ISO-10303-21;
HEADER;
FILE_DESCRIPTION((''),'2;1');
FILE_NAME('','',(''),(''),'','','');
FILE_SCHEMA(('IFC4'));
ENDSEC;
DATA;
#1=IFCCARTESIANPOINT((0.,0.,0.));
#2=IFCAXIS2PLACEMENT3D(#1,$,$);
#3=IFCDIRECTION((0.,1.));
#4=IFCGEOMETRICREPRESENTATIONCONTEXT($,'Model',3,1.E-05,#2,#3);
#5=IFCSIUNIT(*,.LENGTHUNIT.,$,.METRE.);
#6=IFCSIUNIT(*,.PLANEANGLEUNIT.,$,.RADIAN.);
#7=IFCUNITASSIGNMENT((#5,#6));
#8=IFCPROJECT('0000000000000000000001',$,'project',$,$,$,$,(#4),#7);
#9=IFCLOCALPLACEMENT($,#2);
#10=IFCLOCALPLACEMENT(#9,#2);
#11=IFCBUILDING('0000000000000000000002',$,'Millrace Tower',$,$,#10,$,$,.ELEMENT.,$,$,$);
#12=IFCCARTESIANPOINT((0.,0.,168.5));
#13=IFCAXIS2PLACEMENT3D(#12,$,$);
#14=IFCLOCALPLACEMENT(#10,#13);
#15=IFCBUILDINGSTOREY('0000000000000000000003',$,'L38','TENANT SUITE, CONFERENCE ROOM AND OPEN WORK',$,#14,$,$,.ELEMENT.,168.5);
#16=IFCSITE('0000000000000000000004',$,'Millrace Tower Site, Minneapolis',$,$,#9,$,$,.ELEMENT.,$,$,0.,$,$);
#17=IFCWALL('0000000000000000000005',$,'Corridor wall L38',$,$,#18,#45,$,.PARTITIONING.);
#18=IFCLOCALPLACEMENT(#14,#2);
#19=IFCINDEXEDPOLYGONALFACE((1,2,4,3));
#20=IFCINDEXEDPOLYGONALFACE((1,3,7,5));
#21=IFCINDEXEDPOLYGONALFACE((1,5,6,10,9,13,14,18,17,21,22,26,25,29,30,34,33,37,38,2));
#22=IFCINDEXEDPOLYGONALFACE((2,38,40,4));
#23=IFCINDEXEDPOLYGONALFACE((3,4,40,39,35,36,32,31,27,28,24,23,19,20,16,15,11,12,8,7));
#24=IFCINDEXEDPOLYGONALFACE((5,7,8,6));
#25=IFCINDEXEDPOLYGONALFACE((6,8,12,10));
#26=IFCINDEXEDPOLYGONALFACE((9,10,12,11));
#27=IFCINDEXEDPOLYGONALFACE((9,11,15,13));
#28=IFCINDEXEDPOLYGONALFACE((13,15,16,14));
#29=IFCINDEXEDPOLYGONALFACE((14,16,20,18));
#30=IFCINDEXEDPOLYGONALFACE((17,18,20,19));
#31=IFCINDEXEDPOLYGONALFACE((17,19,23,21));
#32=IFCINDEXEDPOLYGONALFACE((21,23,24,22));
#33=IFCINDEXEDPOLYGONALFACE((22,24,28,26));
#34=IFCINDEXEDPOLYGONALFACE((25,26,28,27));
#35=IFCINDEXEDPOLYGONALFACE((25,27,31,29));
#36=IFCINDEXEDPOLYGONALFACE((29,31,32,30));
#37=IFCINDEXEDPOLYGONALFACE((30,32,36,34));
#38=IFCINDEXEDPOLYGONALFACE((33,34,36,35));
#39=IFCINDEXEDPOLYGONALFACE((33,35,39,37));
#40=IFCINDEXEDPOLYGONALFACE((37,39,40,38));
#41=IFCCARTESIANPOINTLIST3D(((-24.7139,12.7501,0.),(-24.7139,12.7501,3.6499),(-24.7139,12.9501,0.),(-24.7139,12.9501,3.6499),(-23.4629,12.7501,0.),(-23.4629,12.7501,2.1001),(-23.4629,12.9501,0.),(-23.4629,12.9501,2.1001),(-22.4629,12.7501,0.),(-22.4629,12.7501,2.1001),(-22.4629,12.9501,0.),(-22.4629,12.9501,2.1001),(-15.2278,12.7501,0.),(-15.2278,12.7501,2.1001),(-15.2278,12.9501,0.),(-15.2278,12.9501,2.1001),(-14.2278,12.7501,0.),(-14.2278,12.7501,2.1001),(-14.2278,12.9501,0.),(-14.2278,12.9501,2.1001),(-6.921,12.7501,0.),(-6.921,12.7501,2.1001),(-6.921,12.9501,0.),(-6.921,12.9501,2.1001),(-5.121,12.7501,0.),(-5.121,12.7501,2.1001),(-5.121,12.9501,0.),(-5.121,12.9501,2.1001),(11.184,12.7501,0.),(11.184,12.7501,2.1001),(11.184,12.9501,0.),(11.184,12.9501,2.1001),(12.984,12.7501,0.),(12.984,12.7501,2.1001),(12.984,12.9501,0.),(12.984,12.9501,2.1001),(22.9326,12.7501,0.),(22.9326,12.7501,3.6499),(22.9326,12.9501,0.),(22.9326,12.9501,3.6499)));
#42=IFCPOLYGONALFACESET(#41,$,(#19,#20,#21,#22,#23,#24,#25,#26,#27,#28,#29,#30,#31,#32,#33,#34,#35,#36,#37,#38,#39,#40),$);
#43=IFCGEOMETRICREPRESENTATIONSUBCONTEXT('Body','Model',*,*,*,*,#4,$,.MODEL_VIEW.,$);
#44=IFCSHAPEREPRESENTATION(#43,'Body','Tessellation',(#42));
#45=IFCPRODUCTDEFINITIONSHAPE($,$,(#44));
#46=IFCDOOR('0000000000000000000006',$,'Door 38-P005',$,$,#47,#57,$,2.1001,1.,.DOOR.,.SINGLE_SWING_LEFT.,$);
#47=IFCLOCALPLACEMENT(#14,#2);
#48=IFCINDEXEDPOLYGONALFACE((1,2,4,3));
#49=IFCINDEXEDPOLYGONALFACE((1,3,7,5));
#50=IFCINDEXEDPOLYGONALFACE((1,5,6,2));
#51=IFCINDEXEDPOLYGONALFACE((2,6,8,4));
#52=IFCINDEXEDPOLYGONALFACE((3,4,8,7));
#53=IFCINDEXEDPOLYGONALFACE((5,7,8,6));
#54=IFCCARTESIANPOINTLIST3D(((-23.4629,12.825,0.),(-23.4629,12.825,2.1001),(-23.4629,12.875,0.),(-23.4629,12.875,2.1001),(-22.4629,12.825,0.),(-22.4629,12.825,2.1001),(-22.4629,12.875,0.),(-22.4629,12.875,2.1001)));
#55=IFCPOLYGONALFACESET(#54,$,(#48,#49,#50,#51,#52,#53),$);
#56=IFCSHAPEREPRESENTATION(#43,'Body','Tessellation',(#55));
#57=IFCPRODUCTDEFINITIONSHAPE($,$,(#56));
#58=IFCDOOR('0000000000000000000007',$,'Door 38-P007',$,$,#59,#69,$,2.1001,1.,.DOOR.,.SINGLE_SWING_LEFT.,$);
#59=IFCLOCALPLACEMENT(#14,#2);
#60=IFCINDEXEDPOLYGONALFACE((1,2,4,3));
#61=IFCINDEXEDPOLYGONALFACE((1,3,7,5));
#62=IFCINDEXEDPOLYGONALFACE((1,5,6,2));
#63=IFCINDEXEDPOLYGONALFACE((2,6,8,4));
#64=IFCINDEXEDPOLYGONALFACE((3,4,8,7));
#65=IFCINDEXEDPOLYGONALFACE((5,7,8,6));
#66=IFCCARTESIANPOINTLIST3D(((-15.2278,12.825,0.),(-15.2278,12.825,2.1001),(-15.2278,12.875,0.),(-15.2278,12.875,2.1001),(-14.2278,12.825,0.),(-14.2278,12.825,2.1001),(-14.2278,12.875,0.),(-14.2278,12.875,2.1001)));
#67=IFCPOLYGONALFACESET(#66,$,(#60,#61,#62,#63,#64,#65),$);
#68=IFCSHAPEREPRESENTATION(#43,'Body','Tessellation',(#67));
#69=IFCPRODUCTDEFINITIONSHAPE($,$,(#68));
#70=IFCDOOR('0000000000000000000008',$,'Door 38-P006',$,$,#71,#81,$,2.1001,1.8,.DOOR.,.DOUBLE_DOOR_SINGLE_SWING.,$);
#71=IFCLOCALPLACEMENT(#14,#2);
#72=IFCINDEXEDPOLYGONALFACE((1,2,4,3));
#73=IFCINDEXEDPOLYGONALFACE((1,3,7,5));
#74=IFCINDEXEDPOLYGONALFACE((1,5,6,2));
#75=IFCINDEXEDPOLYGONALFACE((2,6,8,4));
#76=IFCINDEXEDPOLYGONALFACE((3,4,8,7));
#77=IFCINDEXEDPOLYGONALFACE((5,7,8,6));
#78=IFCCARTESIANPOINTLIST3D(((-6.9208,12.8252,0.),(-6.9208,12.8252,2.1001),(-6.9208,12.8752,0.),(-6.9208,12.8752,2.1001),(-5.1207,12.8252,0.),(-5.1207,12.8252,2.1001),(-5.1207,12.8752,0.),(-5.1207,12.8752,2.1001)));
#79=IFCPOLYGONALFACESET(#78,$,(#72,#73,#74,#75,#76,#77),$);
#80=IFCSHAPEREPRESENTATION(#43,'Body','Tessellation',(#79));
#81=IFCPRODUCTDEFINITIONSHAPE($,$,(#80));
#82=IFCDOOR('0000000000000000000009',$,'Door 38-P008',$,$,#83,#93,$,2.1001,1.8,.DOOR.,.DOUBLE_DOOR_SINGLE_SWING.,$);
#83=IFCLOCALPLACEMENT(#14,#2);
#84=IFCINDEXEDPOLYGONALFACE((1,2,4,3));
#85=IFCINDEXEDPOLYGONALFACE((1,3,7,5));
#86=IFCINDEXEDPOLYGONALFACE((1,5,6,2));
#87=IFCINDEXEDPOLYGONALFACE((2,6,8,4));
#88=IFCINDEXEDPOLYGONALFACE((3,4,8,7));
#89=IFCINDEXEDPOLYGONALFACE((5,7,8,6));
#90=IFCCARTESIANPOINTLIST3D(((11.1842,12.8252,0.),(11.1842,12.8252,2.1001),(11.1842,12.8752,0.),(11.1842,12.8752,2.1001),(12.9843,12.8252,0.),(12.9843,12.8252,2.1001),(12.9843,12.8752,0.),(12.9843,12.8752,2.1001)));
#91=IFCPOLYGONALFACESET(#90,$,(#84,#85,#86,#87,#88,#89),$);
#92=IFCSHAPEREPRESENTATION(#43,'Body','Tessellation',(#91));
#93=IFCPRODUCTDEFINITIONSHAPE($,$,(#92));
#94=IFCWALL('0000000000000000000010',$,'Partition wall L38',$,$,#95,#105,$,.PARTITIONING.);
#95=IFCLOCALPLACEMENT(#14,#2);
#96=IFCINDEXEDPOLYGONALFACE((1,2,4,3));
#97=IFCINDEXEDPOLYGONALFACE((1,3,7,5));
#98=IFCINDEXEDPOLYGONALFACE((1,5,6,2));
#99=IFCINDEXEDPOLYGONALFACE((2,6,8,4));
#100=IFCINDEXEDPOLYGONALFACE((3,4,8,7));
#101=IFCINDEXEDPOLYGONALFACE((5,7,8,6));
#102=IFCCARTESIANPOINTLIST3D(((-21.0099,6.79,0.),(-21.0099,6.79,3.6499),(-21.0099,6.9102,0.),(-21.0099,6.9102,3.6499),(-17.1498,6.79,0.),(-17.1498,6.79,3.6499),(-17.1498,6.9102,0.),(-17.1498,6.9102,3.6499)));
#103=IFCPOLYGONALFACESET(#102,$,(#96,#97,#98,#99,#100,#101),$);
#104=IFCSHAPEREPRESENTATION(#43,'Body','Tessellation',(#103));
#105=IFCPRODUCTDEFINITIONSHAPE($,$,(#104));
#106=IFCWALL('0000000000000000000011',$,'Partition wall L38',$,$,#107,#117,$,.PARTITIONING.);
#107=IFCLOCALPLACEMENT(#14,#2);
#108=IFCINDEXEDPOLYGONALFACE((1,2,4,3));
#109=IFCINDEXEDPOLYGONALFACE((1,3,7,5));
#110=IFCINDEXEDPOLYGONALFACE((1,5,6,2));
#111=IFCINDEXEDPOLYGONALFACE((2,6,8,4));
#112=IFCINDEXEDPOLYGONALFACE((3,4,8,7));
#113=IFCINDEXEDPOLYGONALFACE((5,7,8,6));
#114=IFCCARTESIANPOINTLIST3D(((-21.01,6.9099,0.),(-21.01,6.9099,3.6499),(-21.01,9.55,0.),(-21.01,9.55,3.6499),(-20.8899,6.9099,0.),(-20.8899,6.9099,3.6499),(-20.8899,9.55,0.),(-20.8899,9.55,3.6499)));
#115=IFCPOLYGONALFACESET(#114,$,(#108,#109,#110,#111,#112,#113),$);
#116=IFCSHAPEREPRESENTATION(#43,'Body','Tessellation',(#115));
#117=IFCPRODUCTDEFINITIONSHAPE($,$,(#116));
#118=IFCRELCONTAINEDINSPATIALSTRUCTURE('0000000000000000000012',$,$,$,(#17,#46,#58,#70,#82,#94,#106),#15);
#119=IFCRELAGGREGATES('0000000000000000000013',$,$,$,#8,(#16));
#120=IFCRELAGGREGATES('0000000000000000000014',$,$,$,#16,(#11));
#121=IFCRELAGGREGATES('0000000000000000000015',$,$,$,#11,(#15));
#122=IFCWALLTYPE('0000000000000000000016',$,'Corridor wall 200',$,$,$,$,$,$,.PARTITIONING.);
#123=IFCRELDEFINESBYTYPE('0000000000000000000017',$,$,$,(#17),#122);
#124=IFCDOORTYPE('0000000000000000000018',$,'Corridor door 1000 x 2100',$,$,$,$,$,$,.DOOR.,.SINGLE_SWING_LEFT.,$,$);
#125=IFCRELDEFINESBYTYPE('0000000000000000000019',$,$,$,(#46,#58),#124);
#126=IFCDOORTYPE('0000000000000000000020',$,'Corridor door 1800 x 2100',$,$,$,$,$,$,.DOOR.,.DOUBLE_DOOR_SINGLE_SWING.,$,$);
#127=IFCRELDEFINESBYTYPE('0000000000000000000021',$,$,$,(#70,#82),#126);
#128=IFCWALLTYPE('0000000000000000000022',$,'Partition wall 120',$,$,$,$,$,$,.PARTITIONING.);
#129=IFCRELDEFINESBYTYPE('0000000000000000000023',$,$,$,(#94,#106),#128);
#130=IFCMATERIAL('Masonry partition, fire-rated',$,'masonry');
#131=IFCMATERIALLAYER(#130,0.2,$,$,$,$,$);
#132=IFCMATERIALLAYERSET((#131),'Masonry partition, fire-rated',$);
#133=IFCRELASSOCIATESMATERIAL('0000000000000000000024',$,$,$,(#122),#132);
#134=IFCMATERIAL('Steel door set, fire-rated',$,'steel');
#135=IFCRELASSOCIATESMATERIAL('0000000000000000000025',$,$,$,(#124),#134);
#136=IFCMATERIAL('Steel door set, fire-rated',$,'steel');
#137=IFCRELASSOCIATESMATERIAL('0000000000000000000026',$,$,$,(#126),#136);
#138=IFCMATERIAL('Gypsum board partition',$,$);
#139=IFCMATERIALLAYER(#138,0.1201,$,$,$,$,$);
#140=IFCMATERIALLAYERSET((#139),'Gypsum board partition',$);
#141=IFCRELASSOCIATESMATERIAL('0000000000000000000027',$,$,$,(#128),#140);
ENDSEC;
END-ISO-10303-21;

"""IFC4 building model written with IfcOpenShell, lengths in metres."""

from ifc_helpers import new_model, si_unit, direction, frame, frame_2d, origin, place, context, subcontext, project, spatial, rectangle, extrude, material, layer, layer_set, type_object, element, fill, save


model = new_model("IFC4")

# Units and contexts
model_context = context("Model", 3, precision=1e-05, world=origin(), true_north=direction((0.0, 1.0)))
body_context = subcontext(model_context, "Body", "Model", "MODEL_VIEW")
ifc_project = project(units=[si_unit("LENGTHUNIT", "METRE"), si_unit("PLANEANGLEUNIT", "RADIAN")], contexts=[model_context])

# Site, building, storey
site_placement = place(None, origin())
site = spatial("IfcSite", under=ifc_project, at=site_placement, Name="Millrace Tower Site, Minneapolis", CompositionType="ELEMENT", RefElevation=0.0)
building_placement = place(site_placement, origin())
building = spatial("IfcBuilding", under=site, at=building_placement, Name="Millrace Tower", CompositionType="ELEMENT")
storey_placement = place(building_placement, frame((0.0, 0.0, 168.5)))
storey = spatial("IfcBuildingStorey", under=building, at=storey_placement, Name="L38", Description="TENANT SUITE, CONFERENCE ROOM AND OPEN WORK", CompositionType="ELEMENT", Elevation=168.5)

# Shared definitions
ifc_material_1 = material(Name="Masonry partition, fire-rated", Category="masonry")
ifc_layer_1 = layer(ifc_material_1, 0.2)
ifc_layer_set_1 = layer_set([ifc_layer_1], Name="Masonry partition, fire-rated")
wall_type_1 = type_object("IfcWallType", Name="Corridor wall 200", PredefinedType="PARTITIONING", material=ifc_layer_set_1)
ifc_material_2 = material(Name="Steel door set, fire-rated", Category="steel")
door_type_1 = type_object("IfcDoorType", Name="Corridor door 1000 x 2100", OperationType="SINGLE_SWING_LEFT", PredefinedType="DOOR", material=ifc_material_2)

# Wall, openings, doors
wall_1_placement = place(storey_placement, frame((-24.7139, 12.8501, 0.0), z_axis=(0.0, 0.0, 1.0), x_axis=(1.0, 0.0, 0.0)))
wall_1 = element("IfcWall", 1, at=wall_1_placement, inside=storey, type_object=wall_type_1, Name="Corridor wall L38", PredefinedType="PARTITIONING", context=body_context, shape_type="SweptSolid", body=[
    extrude(rectangle(XDim=47.6465, YDim=0.2, at=frame_2d((23.8232, 0.0))), origin(), (0.0, 0.0, 1.0), 3.6499),
])
opening_1_placement = place(wall_1_placement, frame((1.251, 0.0, 0.0)))
opening_1 = element("IfcOpeningElement", 2, at=opening_1_placement, cuts=wall_1, PredefinedType="OPENING", context=body_context, shape_type="SweptSolid", body=[
    extrude(rectangle(XDim=1.0, YDim=2.1001, at=frame_2d((0.5, 1.05))), frame((0.0, 0.1099, 0.0), z_axis=(0.0, -1.0, 0.0), x_axis=(1.0, 0.0, 0.0)), (0.0, 0.0, 1.0), 0.22),
])
opening_2_placement = place(wall_1_placement, frame((17.793, 0.0, 0.0)))
opening_2 = element("IfcOpeningElement", 3, at=opening_2_placement, cuts=wall_1, PredefinedType="OPENING", context=body_context, shape_type="SweptSolid", body=[
    extrude(rectangle(XDim=1.8, YDim=2.1001, at=frame_2d((0.8999, 1.05))), frame((0.0, 0.1099, 0.0), z_axis=(0.0, -1.0, 0.0), x_axis=(1.0, 0.0, 0.0)), (0.0, 0.0, 1.0), 0.22),
])
opening_3_placement = place(wall_1_placement, frame((9.4861, 0.0, 0.0)))
opening_3 = element("IfcOpeningElement", 4, at=opening_3_placement, cuts=wall_1, PredefinedType="OPENING", context=body_context, shape_type="SweptSolid", body=[
    extrude(rectangle(XDim=1.0, YDim=2.1001, at=frame_2d((0.5, 1.05))), frame((0.0, 0.1099, 0.0), z_axis=(0.0, -1.0, 0.0), x_axis=(1.0, 0.0, 0.0)), (0.0, 0.0, 1.0), 0.22),
])
opening_4_placement = place(wall_1_placement, frame((35.8979, 0.0, 0.0)))
opening_4 = element("IfcOpeningElement", 5, at=opening_4_placement, cuts=wall_1, PredefinedType="OPENING", context=body_context, shape_type="SweptSolid", body=[
    extrude(rectangle(XDim=1.8, YDim=2.1001, at=frame_2d((0.8999, 1.05))), frame((0.0, 0.1099, 0.0), z_axis=(0.0, -1.0, 0.0), x_axis=(1.0, 0.0, 0.0)), (0.0, 0.0, 1.0), 0.22),
])
door_1_placement = place(opening_1_placement, origin())
door_1 = element("IfcDoor", 6, at=door_1_placement, inside=storey, type_object=door_type_1, Name="Door 38-P005", OperationType="SINGLE_SWING_LEFT", OverallHeight=2.1001, OverallWidth=1.0, PredefinedType="DOOR", context=body_context, shape_type="SweptSolid", body=[
    extrude(rectangle(XDim=1.0, YDim=2.1001, at=frame_2d((0.5, 1.05))), frame((0.0, 0.0249, 0.0), z_axis=(0.0, -1.0, 0.0), x_axis=(1.0, 0.0, 0.0)), (0.0, 0.0, 1.0), 0.05),
])
fill(opening_1, door_1)
door_2_placement = place(opening_3_placement, origin())
door_2 = element("IfcDoor", 7, at=door_2_placement, inside=storey, type_object=door_type_1, Name="Door 38-P007", OperationType="SINGLE_SWING_LEFT", OverallHeight=2.1001, OverallWidth=1.0, PredefinedType="DOOR", context=body_context, shape_type="SweptSolid", body=[
    extrude(rectangle(XDim=1.0, YDim=2.1001, at=frame_2d((0.5, 1.05))), frame((0.0, 0.0249, 0.0), z_axis=(0.0, -1.0, 0.0), x_axis=(1.0, 0.0, 0.0)), (0.0, 0.0, 1.0), 0.05),
])
fill(opening_3, door_2)
ifc_material_3 = material(Name="Steel door set, fire-rated", Category="steel")
door_type_2 = type_object("IfcDoorType", Name="Corridor door 1800 x 2100", OperationType="DOUBLE_DOOR_SINGLE_SWING", PredefinedType="DOOR", material=ifc_material_3)
door_3_placement = place(opening_2_placement, frame((1.8, 0.0, 0.0), z_axis=(0.0, 0.0, 1.0), x_axis=(-1.0, 0.0, 0.0)))
door_3 = element("IfcDoor", 8, at=door_3_placement, inside=storey, type_object=door_type_2, Name="Door 38-P006", OperationType="DOUBLE_DOOR_SINGLE_SWING", OverallHeight=2.1001, OverallWidth=1.8, PredefinedType="DOOR", context=body_context, shape_type="SweptSolid", body=[
    extrude(rectangle(XDim=1.8, YDim=2.1001, at=frame_2d((0.8999, 1.05))), frame((0.0, 0.0249, 0.0), z_axis=(0.0, -1.0, 0.0), x_axis=(1.0, 0.0, 0.0)), (0.0, 0.0, 1.0), 0.05),
])
fill(opening_2, door_3)
door_4_placement = place(opening_4_placement, frame((1.8, 0.0, 0.0), z_axis=(0.0, 0.0, 1.0), x_axis=(-1.0, 0.0, 0.0)))
door_4 = element("IfcDoor", 9, at=door_4_placement, inside=storey, type_object=door_type_2, Name="Door 38-P008", OperationType="DOUBLE_DOOR_SINGLE_SWING", OverallHeight=2.1001, OverallWidth=1.8, PredefinedType="DOOR", context=body_context, shape_type="SweptSolid", body=[
    extrude(rectangle(XDim=1.8, YDim=2.1001, at=frame_2d((0.8999, 1.05))), frame((0.0, 0.0249, 0.0), z_axis=(0.0, -1.0, 0.0), x_axis=(1.0, 0.0, 0.0)), (0.0, 0.0, 1.0), 0.05),
])
fill(opening_4, door_4)

# Walls
ifc_material_4 = material(Name="Gypsum board partition")
ifc_layer_2 = layer(ifc_material_4, 0.1201)
ifc_layer_set_2 = layer_set([ifc_layer_2], Name="Gypsum board partition")
wall_type_2 = type_object("IfcWallType", Name="Partition wall 120", PredefinedType="PARTITIONING", material=ifc_layer_set_2)
wall_2_placement = place(storey_placement, frame((-21.01, 6.8501, 0.0), z_axis=(0.0, 0.0, 1.0), x_axis=(1.0, 0.0, 0.0)))
element("IfcWall", 10, at=wall_2_placement, inside=storey, type_object=wall_type_2, Name="Partition wall L38", PredefinedType="PARTITIONING", context=body_context, shape_type="SweptSolid", body=[
    extrude(rectangle(XDim=3.8601, YDim=0.1201, at=frame_2d((1.9302, 0.0))), origin(), (0.0, 0.0, 1.0), 3.6499),
])
wall_3_placement = place(storey_placement, frame((-20.95, 6.9099, 0.0), z_axis=(0.0, 0.0, 1.0), x_axis=(0.0, 1.0, 0.0)))
element("IfcWall", 11, at=wall_3_placement, inside=storey, type_object=wall_type_2, Name="Partition wall L38", PredefinedType="PARTITIONING", context=body_context, shape_type="SweptSolid", body=[
    extrude(rectangle(XDim=2.6401, YDim=0.1201, at=frame_2d((1.3201, 0.0))), origin(), (0.0, 0.0, 1.0), 3.6499),
])

save(model, "model.ifc")
